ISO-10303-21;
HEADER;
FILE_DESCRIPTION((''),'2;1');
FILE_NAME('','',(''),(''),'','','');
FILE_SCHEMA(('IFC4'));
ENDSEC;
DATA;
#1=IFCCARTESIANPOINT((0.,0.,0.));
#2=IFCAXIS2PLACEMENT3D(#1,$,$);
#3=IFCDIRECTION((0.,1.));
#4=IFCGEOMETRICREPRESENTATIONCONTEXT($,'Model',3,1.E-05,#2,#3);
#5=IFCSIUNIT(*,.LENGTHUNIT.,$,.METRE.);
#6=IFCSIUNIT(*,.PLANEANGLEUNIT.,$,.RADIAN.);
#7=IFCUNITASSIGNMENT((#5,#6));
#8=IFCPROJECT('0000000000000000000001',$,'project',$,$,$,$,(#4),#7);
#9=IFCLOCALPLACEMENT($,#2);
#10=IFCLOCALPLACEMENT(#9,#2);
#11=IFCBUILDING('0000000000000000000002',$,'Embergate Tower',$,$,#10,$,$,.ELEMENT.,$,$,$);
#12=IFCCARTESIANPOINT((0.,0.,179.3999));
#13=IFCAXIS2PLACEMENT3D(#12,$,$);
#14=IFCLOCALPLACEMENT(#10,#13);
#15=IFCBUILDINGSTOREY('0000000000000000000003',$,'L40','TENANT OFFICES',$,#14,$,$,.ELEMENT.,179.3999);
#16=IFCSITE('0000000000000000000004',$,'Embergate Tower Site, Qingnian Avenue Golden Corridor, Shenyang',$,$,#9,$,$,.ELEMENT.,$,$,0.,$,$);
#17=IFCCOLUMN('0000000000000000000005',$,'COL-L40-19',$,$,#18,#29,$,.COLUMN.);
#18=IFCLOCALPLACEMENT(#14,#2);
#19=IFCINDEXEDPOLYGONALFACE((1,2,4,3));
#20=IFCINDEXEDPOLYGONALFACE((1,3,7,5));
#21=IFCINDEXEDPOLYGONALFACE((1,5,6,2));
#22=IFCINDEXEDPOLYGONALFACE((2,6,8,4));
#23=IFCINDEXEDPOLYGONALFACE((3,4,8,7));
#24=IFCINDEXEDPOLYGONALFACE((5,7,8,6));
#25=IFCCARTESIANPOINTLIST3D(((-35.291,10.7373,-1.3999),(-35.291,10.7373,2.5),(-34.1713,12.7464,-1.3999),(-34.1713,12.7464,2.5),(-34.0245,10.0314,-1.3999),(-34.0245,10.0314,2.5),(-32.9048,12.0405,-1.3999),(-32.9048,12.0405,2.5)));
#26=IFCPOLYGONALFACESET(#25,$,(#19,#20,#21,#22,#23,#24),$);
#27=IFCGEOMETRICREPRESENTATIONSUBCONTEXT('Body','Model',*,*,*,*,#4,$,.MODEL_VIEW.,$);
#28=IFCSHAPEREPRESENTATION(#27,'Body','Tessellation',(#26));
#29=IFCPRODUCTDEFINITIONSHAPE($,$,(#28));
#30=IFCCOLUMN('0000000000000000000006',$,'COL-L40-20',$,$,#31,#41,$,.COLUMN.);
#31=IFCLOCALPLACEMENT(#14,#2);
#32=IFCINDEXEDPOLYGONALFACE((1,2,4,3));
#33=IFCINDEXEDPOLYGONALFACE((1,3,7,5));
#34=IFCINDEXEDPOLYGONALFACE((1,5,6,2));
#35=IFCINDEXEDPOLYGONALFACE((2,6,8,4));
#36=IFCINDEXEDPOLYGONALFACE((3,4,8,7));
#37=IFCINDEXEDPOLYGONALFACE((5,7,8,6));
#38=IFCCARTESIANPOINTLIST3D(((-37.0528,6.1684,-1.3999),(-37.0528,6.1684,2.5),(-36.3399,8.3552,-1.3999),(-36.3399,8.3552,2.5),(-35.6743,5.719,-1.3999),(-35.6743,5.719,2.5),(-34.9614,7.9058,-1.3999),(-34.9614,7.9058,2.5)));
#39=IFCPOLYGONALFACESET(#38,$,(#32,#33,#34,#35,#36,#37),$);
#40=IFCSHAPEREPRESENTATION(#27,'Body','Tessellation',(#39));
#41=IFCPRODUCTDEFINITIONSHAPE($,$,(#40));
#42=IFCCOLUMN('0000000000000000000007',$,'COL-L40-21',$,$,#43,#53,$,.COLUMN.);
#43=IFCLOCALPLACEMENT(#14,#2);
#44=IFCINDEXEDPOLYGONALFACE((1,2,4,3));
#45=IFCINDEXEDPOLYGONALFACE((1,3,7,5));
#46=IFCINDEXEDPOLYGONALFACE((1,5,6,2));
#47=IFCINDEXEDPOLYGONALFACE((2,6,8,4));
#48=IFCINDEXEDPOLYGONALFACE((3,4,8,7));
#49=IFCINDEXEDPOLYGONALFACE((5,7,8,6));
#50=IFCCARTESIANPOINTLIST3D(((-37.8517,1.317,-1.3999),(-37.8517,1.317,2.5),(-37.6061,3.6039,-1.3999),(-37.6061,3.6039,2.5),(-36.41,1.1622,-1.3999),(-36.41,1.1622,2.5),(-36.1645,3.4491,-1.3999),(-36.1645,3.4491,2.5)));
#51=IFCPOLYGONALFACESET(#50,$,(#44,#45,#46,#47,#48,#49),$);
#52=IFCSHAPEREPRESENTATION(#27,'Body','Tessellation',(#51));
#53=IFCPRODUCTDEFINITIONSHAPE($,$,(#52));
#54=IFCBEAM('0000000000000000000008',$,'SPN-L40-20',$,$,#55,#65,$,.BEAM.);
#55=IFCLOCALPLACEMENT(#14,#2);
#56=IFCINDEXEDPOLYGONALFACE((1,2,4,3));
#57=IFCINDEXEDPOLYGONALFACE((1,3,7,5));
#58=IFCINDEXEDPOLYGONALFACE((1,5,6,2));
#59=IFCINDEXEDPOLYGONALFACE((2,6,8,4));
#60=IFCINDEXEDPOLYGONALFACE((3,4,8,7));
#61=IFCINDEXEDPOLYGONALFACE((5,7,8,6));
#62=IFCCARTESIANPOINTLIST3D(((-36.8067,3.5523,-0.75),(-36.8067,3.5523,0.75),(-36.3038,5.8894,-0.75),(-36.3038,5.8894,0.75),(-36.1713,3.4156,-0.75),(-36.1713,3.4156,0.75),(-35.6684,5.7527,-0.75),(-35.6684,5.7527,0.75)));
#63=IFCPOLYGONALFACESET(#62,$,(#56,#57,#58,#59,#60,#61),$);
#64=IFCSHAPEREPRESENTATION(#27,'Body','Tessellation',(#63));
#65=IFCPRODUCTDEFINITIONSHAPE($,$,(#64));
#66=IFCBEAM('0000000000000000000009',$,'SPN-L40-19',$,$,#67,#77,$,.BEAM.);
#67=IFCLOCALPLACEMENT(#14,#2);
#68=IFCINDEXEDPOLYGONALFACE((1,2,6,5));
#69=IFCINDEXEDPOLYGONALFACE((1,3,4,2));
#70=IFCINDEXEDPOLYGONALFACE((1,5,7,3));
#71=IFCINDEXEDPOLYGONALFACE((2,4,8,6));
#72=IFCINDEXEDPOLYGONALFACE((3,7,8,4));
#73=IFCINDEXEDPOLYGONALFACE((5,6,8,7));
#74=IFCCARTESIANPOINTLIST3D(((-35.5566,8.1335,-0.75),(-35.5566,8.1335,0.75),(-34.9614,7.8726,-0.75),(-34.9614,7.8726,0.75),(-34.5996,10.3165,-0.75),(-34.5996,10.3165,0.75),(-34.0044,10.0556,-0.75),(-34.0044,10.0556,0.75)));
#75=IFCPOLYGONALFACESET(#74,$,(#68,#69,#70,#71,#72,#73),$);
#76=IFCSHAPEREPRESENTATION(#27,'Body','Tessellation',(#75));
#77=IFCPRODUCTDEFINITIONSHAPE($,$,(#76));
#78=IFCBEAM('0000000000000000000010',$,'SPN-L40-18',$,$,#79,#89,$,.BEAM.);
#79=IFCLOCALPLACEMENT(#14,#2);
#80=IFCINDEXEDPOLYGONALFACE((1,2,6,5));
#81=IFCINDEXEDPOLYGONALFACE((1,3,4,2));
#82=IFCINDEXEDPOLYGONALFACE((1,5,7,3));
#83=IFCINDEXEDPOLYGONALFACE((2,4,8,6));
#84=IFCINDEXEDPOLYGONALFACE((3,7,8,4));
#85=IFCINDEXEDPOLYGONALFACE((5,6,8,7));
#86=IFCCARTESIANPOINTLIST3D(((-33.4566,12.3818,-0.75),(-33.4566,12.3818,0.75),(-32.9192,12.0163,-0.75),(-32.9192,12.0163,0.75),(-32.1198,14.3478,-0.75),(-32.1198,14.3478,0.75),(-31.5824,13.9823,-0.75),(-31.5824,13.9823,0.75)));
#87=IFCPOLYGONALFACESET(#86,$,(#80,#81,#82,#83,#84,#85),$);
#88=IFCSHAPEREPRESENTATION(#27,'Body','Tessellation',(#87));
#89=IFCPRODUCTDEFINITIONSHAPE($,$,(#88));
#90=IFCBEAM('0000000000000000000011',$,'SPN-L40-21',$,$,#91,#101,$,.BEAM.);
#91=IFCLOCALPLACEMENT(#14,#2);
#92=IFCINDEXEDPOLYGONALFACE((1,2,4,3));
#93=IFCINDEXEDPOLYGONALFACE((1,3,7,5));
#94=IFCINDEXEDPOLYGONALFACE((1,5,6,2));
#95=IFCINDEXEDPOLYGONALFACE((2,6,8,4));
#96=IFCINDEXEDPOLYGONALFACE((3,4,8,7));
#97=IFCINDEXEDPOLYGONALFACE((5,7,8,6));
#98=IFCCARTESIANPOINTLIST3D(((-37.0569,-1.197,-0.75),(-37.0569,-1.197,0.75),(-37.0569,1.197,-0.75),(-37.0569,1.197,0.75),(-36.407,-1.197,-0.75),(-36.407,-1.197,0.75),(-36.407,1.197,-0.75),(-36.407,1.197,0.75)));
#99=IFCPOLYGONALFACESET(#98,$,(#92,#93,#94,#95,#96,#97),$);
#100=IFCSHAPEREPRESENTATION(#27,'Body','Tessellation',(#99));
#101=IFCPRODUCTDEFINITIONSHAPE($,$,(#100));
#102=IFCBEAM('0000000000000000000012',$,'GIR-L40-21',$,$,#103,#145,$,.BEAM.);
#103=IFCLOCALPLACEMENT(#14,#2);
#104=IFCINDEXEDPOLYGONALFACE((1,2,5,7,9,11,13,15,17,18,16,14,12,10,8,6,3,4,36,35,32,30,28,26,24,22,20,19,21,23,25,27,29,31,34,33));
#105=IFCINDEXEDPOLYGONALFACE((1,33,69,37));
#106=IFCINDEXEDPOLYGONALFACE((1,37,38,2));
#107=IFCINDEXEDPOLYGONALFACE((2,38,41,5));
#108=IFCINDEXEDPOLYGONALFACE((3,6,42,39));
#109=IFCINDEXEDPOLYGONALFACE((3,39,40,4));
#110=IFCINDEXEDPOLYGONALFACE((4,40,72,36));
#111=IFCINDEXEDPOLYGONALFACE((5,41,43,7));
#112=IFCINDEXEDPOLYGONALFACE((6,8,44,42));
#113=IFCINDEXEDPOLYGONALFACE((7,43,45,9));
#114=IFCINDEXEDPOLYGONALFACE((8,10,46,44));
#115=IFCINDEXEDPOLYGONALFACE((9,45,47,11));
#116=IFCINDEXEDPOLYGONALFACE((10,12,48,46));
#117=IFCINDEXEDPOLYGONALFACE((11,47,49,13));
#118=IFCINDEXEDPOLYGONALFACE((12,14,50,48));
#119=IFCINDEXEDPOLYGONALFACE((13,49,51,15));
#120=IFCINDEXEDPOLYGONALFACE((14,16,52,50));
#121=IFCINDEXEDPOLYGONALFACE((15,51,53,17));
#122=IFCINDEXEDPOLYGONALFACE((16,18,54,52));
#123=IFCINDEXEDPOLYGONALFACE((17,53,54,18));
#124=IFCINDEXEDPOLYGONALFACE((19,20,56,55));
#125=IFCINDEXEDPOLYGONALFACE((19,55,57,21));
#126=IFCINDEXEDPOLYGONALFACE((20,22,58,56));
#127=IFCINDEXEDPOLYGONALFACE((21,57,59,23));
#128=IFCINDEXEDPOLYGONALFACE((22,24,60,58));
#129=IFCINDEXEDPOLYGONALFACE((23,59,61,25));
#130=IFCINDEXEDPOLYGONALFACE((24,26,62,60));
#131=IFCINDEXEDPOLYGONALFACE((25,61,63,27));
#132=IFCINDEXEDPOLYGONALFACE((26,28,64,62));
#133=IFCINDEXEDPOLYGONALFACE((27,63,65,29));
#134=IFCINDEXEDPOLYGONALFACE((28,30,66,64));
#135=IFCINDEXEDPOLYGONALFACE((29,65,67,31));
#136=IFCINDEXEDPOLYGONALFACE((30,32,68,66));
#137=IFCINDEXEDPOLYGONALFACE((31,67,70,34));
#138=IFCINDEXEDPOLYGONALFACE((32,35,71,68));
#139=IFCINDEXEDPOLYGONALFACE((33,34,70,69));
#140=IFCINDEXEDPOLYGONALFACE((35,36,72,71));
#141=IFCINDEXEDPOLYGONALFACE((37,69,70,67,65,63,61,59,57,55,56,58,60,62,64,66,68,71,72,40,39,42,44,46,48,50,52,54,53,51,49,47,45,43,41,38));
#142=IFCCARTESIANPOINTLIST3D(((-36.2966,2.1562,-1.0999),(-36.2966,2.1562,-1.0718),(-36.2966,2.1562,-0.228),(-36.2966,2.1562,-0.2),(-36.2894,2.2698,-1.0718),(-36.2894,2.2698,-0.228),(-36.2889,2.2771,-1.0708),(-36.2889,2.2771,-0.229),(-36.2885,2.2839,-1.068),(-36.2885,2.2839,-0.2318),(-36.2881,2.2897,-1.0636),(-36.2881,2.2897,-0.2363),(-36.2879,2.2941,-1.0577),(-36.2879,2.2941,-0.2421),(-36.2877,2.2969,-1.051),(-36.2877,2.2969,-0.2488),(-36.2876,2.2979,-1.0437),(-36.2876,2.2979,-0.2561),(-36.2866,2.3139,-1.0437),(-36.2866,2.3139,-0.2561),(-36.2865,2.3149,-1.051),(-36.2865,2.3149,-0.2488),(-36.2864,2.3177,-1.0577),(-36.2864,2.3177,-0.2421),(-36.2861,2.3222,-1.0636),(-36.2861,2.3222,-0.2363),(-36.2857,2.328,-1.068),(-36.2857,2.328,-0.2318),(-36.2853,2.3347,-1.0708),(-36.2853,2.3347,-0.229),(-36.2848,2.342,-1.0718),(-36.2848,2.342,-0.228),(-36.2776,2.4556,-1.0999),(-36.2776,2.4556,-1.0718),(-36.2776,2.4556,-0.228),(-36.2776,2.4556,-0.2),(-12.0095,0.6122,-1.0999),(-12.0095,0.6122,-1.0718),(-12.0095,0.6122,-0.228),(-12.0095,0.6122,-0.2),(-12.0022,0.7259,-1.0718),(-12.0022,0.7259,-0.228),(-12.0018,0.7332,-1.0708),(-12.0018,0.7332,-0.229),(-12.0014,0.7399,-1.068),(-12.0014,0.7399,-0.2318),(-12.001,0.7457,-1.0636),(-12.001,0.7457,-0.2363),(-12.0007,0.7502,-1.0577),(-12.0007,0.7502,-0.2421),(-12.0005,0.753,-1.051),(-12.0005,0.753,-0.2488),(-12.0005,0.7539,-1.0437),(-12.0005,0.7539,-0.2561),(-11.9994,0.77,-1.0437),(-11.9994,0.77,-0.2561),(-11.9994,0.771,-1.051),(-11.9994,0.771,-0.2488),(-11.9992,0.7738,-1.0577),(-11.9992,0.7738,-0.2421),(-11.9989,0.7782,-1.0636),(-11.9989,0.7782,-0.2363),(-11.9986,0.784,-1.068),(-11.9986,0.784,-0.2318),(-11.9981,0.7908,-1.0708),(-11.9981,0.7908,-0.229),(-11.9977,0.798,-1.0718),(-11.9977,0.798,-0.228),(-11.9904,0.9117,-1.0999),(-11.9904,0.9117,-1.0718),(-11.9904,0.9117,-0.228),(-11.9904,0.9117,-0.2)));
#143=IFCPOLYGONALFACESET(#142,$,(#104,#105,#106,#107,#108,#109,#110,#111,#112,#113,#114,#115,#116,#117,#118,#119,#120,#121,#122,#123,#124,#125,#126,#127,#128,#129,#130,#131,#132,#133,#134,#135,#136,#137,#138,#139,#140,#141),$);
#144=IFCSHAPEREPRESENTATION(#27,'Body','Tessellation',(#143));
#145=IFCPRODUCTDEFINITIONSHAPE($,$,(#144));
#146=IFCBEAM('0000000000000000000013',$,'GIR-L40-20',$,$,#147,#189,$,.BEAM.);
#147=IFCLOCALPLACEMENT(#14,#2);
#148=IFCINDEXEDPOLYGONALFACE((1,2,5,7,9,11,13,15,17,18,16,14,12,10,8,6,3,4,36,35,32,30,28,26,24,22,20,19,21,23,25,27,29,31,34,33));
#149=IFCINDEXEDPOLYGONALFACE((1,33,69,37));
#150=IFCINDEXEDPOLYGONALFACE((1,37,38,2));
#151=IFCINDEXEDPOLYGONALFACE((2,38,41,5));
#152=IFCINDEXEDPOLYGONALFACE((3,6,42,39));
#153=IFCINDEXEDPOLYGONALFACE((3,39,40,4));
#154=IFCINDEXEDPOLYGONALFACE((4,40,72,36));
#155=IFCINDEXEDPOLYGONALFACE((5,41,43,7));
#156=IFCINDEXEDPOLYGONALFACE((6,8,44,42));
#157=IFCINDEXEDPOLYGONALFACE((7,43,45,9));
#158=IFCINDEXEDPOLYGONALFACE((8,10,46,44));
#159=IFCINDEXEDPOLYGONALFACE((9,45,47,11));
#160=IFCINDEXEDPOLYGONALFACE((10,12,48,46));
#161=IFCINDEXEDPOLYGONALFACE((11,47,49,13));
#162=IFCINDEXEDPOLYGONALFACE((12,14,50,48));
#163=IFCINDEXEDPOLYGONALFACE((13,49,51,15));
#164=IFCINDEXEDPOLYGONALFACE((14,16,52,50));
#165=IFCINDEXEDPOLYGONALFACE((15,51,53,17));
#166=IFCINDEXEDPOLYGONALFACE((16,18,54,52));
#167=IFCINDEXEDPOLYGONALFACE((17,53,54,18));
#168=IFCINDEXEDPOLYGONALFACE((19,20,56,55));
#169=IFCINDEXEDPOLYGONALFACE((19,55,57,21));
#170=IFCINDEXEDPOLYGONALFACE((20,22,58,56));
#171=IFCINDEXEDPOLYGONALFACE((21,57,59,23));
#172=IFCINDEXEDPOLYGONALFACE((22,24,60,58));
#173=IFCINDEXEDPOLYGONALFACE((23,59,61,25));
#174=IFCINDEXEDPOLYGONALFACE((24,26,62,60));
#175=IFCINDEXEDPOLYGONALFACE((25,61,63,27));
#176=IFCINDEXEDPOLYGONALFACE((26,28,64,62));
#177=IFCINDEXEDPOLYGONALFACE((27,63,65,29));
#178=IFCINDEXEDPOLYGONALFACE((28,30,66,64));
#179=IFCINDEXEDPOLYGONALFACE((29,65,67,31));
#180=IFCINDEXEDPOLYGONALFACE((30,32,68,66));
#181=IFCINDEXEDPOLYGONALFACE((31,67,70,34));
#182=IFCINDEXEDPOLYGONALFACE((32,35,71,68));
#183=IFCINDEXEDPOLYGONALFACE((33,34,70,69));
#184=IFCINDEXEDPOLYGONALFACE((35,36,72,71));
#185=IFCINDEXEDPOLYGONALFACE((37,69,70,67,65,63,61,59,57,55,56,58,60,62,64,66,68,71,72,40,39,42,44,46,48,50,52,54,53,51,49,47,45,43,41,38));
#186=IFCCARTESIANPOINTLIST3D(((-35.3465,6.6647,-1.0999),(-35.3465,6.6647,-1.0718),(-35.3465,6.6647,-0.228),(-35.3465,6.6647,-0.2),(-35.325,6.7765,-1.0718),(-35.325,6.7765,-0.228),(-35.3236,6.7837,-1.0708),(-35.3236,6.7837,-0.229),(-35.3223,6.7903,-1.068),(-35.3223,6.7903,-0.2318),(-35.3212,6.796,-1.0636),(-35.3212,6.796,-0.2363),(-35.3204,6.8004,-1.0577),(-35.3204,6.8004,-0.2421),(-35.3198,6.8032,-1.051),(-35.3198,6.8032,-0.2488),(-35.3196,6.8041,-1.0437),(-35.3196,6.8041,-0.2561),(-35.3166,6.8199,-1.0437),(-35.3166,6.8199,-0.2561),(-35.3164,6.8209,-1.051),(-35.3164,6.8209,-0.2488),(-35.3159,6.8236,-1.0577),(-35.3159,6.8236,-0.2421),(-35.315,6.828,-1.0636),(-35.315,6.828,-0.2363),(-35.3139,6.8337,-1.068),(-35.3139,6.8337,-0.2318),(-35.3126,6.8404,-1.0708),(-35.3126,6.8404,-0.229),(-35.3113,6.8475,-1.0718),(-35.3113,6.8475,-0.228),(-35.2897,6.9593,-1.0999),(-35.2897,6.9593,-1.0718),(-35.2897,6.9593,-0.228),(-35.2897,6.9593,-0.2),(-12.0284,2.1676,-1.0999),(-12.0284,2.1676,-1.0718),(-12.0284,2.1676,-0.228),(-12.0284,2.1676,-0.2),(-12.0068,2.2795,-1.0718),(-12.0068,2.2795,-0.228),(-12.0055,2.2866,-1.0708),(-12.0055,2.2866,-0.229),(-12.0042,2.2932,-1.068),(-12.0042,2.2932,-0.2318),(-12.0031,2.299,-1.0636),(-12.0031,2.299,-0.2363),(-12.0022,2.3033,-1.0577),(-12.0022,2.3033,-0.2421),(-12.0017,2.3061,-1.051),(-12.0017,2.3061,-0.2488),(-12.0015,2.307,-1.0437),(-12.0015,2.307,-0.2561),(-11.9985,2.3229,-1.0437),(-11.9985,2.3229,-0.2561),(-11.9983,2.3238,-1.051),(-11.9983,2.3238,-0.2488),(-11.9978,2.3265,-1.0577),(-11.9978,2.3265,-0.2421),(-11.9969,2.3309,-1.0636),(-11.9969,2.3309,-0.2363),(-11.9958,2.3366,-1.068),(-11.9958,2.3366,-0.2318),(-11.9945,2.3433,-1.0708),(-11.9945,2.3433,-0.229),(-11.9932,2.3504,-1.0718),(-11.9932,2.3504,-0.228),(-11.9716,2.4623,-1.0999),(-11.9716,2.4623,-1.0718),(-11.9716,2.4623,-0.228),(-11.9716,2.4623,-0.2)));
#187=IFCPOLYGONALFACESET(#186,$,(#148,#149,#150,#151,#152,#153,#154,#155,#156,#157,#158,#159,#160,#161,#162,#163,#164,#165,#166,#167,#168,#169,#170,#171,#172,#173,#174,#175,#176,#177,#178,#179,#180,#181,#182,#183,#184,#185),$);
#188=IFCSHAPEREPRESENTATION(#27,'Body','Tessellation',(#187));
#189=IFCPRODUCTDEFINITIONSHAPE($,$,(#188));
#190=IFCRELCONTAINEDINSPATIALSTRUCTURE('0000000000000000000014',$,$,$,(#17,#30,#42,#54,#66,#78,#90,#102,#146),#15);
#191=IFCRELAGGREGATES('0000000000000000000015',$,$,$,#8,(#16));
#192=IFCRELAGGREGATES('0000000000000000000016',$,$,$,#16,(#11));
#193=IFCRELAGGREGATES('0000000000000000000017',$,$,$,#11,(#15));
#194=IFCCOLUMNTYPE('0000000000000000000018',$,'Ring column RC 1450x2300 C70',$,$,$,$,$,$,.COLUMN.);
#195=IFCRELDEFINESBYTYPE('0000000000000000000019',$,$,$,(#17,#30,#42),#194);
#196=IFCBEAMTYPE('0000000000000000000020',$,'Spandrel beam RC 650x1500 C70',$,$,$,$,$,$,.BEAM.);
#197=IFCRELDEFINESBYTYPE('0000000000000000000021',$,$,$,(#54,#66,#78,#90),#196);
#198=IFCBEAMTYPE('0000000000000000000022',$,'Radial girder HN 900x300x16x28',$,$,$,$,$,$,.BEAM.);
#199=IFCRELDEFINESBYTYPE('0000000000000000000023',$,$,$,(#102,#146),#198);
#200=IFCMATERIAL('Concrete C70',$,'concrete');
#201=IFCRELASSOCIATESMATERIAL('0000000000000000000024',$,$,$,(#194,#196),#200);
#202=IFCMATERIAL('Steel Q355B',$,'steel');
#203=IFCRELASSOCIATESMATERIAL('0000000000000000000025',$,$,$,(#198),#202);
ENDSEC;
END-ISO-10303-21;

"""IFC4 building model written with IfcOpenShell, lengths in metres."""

from ifc_helpers import new_model, si_unit, direction, frame, origin, origin_2d, place, context, subcontext, project, spatial, rectangle, i_section, extrude, source, transform, mapped, material, material_profile, profile_set, type_object, element, save


model = new_model("IFC4")

# Units and contexts
model_context = context("Model", 3, precision=1e-05, world=origin(), true_north=direction((0.0, 1.0)))
body_context = subcontext(model_context, "Body", "Model", "MODEL_VIEW")
ifc_project = project(units=[si_unit("LENGTHUNIT", "METRE"), si_unit("PLANEANGLEUNIT", "RADIAN")], contexts=[model_context])

# Site, building, storey
site_placement = place(None, origin())
site = spatial("IfcSite", under=ifc_project, at=site_placement, Name="Embergate Tower Site, Qingnian Avenue Golden Corridor, Shenyang", CompositionType="ELEMENT", RefElevation=0.0)
building_placement = place(site_placement, origin())
building = spatial("IfcBuilding", under=site, at=building_placement, Name="Embergate Tower", CompositionType="ELEMENT")
storey_placement = place(building_placement, frame((0.0, 0.0, 179.3999)))
storey = spatial("IfcBuildingStorey", under=building, at=storey_placement, Name="L40", Description="TENANT OFFICES", CompositionType="ELEMENT", Elevation=179.3999)

# Columns
ifc_material_1 = material(Name="Concrete C70", Category="concrete")
ifc_material_profile_1 = material_profile(ifc_material_1, rectangle(XDim=1.45, YDim=2.3, at=origin_2d()), Name="RC 1450x2300")
ifc_profile_set_1 = profile_set([ifc_material_profile_1], Name="Concrete C70")
column_type = type_object("IfcColumnType", Name="Ring column RC 1450x2300 C70", PredefinedType="COLUMN", material=ifc_profile_set_1)
shared_shape_1 = source(origin(), body_context, "Body", "SweptSolid", [
    extrude(rectangle(XDim=1.45, YDim=2.3, at=origin_2d()), origin(), (0.0, 0.0, 1.0), 3.8999),
])
for number, where, z_axis, x_axis, name in (
    (1, (-34.0979, 11.3889, -1.3999), (0.0, 0.0, 1.0), (-0.873492, 0.486839, 0.0), "COL-L40-19"),
    (2, (-36.0071, 7.0371, -1.3999), (0.0, 0.0, 1.0), (-0.950754, 0.309946, 0.0), "COL-L40-20"),
    (3, (-37.0081, 2.3831, -1.3999), (0.0, 0.0, 1.0), (-0.994286, 0.10675, 0.0), "COL-L40-21"),
):
    element("IfcColumn", number, at=place(storey_placement, frame(where, z_axis=z_axis, x_axis=x_axis)), inside=storey, type_object=column_type, Name=name, PredefinedType="COLUMN", context=body_context, shape_type="MappedRepresentation", body=[
        mapped(shared_shape_1, transform((0.0, 0.0, 0.0))),
    ])

# Beams
ifc_material_profile_2 = material_profile(ifc_material_1, rectangle(XDim=0.6499, YDim=1.5, at=origin_2d()), Name="RC 650x1500")
ifc_profile_set_2 = profile_set([ifc_material_profile_2], Name="Concrete C70")
beam_type_1 = type_object("IfcBeamType", Name="Spandrel beam RC 650x1500 C70", PredefinedType="BEAM", material=ifc_profile_set_2)
shared_shape_2 = source(origin(), body_context, "Body", "SweptSolid", [
    extrude(rectangle(XDim=0.6499, YDim=1.5, at=origin_2d()), origin(), (0.0, 0.0, 1.0), 2.3906),
])
beam_1_placement = place(storey_placement, frame((-35.9861, 5.821, 0.0), z_axis=(-0.210373, -0.977621, 0.0), x_axis=(0.977621, -0.210373, 0.0)))
element("IfcBeam", 4, at=beam_1_placement, inside=storey, type_object=beam_type_1, Name="SPN-L40-20", PredefinedType="BEAM", context=body_context, shape_type="MappedRepresentation", body=[
    mapped(shared_shape_2, transform((0.0, 0.0, 0.0))),
])
shared_shape_3 = source(origin(), body_context, "Body", "SweptSolid", [
    extrude(rectangle(XDim=0.6499, YDim=1.5, at=origin_2d()), origin(), (0.0, 0.0, 1.0), 2.3835),
])
beam_2_placement = place(storey_placement, frame((-34.302, 10.186, 0.0), z_axis=(-0.401496, -0.915861, 0.0), x_axis=(0.915861, -0.401496, 0.0)))
element("IfcBeam", 5, at=beam_2_placement, inside=storey, type_object=beam_type_1, Name="SPN-L40-19", PredefinedType="BEAM", context=body_context, shape_type="MappedRepresentation", body=[
    mapped(shared_shape_3, transform((0.0, 0.0, 0.0))),
])
shared_shape_4 = source(origin(), body_context, "Body", "SweptSolid", [
    extrude(rectangle(XDim=0.6499, YDim=1.5, at=origin_2d()), origin(), (0.0, 0.0, 1.0), 2.3774),
])
beam_3_placement = place(storey_placement, frame((-31.8511, 14.165, 0.0), z_axis=(-0.562307, -0.826928, 0.0), x_axis=(0.826928, -0.562307, 0.0)))
element("IfcBeam", 6, at=beam_3_placement, inside=storey, type_object=beam_type_1, Name="SPN-L40-18", PredefinedType="BEAM", context=body_context, shape_type="MappedRepresentation", body=[
    mapped(shared_shape_4, transform((0.0, 0.0, 0.0))),
])
shared_shape_5 = source(origin(), body_context, "Body", "SweptSolid", [
    extrude(rectangle(XDim=0.6499, YDim=1.5, at=origin_2d()), origin(), (0.0, 0.0, 1.0), 2.394),
])
beam_4_placement = place(storey_placement, frame((-36.7319, 1.197, 0.0), z_axis=(0.0, -1.0, 0.0), x_axis=(1.0, 0.0, 0.0)))
element("IfcBeam", 7, at=beam_4_placement, inside=storey, type_object=beam_type_1, Name="SPN-L40-21", PredefinedType="BEAM", context=body_context, shape_type="MappedRepresentation", body=[
    mapped(shared_shape_5, transform((0.0, 0.0, 0.0))),
])
ifc_material_2 = material(Name="Steel Q355B", Category="steel")
ifc_material_profile_3 = material_profile(ifc_material_2, i_section(OverallWidth=0.3, OverallDepth=0.8999, WebThickness=0.0161, FlangeThickness=0.0281, FilletRadius=0.0281, at=origin_2d()), Name="HN 900x300x16x28")
ifc_profile_set_3 = profile_set([ifc_material_profile_3], Name="Steel Q355 grade B")
beam_type_2 = type_object("IfcBeamType", Name="Radial girder HN 900x300x16x28", PredefinedType="BEAM", material=ifc_profile_set_3)
shared_shape_6 = source(origin(), body_context, "Body", "SweptSolid", [
    extrude(i_section(OverallWidth=0.3, OverallDepth=0.8999, WebThickness=0.0161, FlangeThickness=0.0281, FilletRadius=0.0281, at=origin_2d()), origin(), (0.0, 0.0, 1.0), 24.3362),
])
beam_5_placement = place(storey_placement, frame((-36.2871, 2.3059, -0.6499), z_axis=(0.997985, -0.063443, 0.0), x_axis=(0.063443, 0.997985, 0.0)))
element("IfcBeam", 8, at=beam_5_placement, inside=storey, type_object=beam_type_2, Name="GIR-L40-21", PredefinedType="BEAM", context=body_context, shape_type="MappedRepresentation", body=[
    mapped(shared_shape_6, transform((0.0, 0.0, 0.0))),
])
shared_shape_7 = source(origin(), body_context, "Body", "SweptSolid", [
    extrude(i_section(OverallWidth=0.3, OverallDepth=0.8999, WebThickness=0.0161, FlangeThickness=0.0281, FilletRadius=0.0281, at=origin_2d()), origin(), (0.0, 0.0, 1.0), 23.7478),
])
beam_6_placement = place(storey_placement, frame((-35.3181, 6.812, -0.6499), z_axis=(0.981906, -0.189368, 0.0), x_axis=(0.189368, 0.981906, 0.0)))
element("IfcBeam", 9, at=beam_6_placement, inside=storey, type_object=beam_type_2, Name="GIR-L40-20", PredefinedType="BEAM", context=body_context, shape_type="MappedRepresentation", body=[
    mapped(shared_shape_7, transform((0.0, 0.0, 0.0))),
])

save(model, "model.ifc")
